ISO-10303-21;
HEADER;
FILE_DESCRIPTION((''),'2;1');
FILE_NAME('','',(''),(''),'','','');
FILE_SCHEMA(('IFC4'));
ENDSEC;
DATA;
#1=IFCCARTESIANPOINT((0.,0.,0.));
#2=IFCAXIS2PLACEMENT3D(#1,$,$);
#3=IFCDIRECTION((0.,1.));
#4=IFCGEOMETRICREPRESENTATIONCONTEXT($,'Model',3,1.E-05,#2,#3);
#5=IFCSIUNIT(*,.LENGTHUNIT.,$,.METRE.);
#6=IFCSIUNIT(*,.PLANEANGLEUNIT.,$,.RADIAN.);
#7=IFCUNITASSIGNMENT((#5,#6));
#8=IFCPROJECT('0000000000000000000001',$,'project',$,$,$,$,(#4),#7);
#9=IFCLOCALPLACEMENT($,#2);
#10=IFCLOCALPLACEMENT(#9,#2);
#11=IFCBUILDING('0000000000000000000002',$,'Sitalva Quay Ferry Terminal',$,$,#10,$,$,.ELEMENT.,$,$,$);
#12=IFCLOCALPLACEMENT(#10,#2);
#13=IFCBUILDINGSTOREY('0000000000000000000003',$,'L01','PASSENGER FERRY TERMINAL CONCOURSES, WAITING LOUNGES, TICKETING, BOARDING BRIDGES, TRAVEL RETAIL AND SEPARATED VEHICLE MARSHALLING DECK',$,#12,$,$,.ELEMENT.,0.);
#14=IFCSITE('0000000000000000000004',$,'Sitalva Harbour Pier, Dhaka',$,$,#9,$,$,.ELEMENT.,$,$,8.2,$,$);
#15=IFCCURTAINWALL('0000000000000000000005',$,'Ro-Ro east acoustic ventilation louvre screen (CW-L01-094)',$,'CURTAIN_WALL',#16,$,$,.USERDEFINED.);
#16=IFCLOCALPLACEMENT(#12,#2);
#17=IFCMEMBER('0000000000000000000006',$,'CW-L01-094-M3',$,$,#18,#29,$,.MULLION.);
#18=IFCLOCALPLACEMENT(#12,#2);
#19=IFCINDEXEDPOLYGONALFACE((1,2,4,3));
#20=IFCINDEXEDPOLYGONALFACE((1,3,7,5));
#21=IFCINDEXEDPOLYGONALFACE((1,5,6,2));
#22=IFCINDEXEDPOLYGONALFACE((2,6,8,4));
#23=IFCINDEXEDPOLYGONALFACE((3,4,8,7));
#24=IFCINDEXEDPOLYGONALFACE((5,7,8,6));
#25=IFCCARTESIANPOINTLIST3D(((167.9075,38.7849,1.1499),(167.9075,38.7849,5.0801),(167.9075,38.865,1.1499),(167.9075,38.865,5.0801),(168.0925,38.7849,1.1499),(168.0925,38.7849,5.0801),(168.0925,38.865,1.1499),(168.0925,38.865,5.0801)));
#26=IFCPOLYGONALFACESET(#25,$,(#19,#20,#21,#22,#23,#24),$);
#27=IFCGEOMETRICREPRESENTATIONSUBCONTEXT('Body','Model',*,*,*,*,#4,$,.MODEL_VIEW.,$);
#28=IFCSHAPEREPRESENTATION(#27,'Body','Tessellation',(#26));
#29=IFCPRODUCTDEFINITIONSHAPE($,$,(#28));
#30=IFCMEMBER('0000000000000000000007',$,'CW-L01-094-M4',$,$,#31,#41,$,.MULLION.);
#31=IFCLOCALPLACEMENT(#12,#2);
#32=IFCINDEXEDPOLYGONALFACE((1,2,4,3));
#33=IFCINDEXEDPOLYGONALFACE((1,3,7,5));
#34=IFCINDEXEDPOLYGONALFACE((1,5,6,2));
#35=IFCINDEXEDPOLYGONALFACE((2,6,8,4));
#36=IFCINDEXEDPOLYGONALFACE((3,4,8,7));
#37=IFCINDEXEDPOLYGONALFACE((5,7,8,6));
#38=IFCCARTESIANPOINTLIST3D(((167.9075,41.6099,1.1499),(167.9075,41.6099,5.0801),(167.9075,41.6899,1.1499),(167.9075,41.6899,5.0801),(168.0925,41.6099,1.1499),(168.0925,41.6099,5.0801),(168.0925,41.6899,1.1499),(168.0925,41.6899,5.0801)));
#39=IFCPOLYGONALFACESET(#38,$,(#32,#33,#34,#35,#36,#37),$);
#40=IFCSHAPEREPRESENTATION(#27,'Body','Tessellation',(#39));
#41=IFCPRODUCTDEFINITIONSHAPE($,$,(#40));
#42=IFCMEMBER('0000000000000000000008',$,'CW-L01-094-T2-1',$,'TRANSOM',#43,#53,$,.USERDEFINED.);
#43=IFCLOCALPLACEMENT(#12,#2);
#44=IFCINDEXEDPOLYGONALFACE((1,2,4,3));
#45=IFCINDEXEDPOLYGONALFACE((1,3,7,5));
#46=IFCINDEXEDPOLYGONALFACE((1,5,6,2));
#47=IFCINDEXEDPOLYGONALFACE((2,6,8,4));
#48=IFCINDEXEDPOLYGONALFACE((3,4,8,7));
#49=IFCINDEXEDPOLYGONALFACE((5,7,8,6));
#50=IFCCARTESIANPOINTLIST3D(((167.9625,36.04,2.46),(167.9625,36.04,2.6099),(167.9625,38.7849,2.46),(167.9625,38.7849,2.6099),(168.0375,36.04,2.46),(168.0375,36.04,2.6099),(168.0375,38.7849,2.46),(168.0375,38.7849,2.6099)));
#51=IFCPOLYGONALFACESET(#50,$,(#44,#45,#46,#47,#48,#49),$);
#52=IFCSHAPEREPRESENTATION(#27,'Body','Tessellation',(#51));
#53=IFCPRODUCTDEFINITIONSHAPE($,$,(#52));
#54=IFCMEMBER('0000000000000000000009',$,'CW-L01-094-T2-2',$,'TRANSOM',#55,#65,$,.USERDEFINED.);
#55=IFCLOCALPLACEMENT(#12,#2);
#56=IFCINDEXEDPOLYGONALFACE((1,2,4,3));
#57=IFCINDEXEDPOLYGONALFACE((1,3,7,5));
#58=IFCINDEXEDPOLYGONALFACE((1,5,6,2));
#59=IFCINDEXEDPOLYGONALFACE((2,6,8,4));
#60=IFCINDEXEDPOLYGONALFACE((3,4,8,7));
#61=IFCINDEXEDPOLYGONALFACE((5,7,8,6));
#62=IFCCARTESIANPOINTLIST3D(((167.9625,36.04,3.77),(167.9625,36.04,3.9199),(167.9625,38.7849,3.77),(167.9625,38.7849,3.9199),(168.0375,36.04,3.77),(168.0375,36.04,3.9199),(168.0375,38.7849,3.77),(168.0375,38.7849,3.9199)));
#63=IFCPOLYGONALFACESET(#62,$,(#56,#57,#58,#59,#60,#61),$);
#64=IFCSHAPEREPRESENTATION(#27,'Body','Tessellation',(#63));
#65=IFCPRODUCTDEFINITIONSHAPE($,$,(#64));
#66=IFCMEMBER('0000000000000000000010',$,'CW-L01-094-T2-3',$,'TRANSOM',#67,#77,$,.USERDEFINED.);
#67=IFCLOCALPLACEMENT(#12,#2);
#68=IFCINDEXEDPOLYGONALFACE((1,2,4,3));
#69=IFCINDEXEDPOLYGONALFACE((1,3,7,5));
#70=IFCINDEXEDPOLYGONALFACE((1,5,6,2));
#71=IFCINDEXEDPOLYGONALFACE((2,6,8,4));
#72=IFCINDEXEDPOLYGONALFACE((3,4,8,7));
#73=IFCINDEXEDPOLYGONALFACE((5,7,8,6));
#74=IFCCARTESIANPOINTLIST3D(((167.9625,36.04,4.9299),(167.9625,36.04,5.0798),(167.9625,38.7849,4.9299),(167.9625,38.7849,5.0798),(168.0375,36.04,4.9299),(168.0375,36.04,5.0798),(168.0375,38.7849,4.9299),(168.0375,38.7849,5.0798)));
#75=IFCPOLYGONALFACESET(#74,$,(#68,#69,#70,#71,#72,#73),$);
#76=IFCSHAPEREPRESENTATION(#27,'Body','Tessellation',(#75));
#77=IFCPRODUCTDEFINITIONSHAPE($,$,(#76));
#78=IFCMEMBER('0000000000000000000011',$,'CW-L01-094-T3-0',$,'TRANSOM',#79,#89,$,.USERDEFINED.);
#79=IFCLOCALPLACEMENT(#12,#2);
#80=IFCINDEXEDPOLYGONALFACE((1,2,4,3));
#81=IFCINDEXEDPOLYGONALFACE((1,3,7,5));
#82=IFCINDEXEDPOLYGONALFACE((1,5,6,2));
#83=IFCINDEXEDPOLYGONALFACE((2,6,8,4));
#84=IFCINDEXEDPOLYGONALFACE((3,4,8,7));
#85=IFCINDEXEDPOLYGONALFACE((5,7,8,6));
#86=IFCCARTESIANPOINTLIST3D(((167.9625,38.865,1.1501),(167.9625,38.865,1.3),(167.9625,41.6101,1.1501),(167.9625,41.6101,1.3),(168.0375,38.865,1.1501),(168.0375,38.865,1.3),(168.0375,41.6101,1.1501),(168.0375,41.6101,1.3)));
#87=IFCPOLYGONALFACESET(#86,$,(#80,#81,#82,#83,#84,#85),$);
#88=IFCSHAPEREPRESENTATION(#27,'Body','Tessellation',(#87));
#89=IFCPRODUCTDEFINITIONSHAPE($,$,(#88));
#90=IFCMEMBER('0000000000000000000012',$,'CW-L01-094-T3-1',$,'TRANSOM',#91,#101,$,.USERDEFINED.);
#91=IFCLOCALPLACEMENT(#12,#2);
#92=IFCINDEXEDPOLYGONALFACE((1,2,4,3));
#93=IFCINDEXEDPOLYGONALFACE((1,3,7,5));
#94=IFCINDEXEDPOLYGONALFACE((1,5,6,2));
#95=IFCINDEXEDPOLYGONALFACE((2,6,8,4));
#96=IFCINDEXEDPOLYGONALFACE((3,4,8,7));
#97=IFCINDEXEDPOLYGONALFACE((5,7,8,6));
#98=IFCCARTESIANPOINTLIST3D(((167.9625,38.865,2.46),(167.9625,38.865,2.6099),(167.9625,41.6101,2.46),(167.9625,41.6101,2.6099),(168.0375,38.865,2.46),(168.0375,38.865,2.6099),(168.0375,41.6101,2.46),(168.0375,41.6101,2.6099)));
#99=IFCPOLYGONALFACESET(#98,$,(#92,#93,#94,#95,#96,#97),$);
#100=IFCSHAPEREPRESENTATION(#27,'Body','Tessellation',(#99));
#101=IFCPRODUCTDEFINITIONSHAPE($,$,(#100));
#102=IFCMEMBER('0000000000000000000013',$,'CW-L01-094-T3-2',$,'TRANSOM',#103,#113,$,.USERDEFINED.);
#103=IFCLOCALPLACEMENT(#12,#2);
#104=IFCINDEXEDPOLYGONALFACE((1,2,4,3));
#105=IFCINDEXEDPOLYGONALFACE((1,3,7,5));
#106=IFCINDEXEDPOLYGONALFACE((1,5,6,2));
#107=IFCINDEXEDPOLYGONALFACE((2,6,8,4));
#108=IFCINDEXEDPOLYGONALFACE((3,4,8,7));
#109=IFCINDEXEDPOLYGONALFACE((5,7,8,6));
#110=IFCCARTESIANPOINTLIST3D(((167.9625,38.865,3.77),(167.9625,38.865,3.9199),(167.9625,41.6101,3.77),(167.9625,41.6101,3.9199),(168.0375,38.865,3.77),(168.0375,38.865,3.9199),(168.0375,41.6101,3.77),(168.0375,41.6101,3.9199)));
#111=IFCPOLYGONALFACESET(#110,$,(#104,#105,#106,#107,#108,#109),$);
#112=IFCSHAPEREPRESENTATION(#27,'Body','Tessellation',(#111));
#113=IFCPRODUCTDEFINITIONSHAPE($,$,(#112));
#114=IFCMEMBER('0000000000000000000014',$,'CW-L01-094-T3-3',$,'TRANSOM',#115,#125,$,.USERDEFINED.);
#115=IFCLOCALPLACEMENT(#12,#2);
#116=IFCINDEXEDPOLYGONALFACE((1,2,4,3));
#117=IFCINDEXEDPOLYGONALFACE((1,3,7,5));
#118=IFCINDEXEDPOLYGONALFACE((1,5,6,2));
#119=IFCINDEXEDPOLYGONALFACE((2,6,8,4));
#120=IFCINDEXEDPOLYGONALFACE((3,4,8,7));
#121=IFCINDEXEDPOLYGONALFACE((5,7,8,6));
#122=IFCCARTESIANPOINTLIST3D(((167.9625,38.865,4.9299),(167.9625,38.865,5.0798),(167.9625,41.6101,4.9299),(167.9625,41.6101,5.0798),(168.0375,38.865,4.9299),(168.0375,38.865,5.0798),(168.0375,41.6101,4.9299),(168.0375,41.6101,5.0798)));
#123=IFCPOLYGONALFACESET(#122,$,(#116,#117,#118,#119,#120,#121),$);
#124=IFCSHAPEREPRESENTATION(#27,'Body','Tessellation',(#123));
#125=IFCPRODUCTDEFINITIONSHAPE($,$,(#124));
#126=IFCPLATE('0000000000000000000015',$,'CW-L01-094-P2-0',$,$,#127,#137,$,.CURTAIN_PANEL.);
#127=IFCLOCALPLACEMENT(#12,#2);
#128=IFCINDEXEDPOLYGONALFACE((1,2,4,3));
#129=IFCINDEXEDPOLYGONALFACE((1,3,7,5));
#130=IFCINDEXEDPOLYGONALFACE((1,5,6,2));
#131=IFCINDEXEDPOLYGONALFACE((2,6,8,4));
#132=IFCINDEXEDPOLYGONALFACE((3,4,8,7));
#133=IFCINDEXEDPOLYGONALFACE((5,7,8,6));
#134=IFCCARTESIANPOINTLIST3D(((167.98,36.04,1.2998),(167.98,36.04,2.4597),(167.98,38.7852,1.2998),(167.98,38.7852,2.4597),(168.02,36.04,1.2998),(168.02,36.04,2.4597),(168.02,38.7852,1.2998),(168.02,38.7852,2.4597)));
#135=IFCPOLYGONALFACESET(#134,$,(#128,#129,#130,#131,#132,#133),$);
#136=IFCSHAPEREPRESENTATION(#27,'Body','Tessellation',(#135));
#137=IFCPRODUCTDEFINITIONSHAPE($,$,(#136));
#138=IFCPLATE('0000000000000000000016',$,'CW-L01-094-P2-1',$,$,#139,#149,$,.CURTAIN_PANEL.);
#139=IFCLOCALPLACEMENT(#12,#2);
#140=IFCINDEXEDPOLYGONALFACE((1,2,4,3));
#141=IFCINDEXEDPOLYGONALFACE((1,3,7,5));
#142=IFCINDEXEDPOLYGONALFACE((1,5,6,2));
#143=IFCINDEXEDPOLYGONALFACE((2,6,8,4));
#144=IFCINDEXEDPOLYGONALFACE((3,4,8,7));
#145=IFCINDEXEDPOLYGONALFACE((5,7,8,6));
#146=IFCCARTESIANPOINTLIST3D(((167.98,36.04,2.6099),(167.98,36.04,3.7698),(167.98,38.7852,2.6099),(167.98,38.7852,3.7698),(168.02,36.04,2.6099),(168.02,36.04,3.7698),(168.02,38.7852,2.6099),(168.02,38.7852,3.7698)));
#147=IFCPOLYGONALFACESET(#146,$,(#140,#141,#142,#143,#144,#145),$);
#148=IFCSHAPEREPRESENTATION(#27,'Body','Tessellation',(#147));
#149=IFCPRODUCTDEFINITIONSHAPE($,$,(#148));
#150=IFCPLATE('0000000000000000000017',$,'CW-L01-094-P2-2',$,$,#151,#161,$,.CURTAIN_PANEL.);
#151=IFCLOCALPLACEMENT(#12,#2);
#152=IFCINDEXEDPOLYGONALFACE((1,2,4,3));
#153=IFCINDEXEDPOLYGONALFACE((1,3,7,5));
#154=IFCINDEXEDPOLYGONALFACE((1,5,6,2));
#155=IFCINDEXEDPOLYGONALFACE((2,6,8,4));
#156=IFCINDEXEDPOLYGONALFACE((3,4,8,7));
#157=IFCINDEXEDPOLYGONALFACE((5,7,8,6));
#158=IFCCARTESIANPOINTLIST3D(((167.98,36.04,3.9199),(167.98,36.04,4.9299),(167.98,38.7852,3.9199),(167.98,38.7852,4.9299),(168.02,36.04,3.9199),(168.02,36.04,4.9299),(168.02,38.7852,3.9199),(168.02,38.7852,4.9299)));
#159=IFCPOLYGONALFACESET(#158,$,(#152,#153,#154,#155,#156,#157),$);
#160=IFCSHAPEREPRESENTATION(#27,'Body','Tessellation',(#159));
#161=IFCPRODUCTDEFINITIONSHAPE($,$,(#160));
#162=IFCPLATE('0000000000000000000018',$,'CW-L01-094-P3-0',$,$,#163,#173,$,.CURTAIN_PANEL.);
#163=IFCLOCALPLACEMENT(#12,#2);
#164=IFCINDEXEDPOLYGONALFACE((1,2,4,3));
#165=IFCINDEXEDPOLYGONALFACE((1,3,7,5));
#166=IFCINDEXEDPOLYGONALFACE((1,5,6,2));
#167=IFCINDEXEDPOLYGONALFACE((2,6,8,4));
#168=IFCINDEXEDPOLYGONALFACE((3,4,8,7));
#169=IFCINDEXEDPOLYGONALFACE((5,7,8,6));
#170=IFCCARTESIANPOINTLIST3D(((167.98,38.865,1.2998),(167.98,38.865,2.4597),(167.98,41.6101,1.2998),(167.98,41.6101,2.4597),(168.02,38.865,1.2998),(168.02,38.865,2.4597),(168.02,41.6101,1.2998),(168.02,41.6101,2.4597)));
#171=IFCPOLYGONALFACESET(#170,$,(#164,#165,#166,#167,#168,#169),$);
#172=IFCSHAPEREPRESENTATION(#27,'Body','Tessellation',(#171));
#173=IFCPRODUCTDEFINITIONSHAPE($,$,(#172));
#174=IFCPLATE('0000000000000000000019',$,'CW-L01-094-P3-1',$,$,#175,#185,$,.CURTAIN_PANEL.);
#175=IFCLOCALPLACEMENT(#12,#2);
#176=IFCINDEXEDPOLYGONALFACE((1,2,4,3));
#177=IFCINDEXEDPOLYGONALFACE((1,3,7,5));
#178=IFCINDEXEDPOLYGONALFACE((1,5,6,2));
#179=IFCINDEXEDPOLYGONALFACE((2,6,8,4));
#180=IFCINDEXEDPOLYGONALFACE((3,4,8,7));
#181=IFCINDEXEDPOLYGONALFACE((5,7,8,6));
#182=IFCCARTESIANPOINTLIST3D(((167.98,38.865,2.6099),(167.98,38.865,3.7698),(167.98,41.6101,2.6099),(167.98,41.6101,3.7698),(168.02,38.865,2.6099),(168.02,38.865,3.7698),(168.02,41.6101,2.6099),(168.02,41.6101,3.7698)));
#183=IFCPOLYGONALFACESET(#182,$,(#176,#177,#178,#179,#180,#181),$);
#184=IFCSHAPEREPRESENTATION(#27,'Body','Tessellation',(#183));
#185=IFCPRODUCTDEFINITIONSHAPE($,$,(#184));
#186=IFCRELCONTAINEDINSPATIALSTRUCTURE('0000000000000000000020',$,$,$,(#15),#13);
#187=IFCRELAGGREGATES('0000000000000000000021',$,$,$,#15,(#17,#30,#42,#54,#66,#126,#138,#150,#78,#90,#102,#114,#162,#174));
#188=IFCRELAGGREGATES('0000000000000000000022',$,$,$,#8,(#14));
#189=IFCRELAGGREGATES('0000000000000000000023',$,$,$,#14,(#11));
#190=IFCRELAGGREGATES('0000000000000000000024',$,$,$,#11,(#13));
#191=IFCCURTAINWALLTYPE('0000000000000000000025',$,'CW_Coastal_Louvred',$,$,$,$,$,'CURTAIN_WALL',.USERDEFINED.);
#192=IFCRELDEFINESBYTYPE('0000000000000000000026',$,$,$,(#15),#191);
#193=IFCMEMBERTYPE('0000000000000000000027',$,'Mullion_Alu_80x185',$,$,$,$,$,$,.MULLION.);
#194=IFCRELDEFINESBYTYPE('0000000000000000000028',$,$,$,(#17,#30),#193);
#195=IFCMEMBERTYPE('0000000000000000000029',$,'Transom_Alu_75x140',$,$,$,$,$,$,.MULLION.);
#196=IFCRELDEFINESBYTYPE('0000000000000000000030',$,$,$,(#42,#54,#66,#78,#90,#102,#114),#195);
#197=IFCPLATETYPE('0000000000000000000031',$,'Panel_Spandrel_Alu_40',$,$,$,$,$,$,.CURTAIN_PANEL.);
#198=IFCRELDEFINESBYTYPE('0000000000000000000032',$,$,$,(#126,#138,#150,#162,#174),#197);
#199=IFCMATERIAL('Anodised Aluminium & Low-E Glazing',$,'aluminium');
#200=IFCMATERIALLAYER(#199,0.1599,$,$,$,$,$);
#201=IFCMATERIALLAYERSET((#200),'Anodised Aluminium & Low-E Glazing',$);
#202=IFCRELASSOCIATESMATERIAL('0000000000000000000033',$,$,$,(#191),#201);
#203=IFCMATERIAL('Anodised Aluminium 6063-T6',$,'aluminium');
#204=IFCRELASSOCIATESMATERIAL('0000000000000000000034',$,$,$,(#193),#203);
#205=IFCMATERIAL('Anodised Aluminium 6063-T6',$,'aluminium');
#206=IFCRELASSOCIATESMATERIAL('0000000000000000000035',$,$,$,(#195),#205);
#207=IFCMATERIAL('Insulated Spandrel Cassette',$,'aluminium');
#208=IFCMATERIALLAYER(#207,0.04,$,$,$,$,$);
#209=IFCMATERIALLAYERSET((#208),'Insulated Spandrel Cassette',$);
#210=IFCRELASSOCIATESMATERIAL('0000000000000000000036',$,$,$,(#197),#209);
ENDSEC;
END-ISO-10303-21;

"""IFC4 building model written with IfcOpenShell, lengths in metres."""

from ifc_helpers import new_model, si_unit, direction, frame, origin, origin_2d, place, context, subcontext, project, spatial, rectangle, extrude, material, layer, layer_set, material_profile, profile_set, type_object, element, aggregate, save


model = new_model("IFC4")

# Units and contexts
model_context = context("Model", 3, precision=1e-05, world=origin(), true_north=direction((0.0, 1.0)))
body_context = subcontext(model_context, "Body", "Model", "MODEL_VIEW")
ifc_project = project(units=[si_unit("LENGTHUNIT", "METRE"), si_unit("PLANEANGLEUNIT", "RADIAN")], contexts=[model_context])

# Site, building, storey
site_placement = place(None, origin())
site = spatial("IfcSite", under=ifc_project, at=site_placement, Name="Sitalva Harbour Pier, Dhaka", CompositionType="ELEMENT", RefElevation=8.2)
building_placement = place(site_placement, origin())
building = spatial("IfcBuilding", under=site, at=building_placement, Name="Sitalva Quay Ferry Terminal", CompositionType="ELEMENT")
storey_placement = place(building_placement, origin())
storey = spatial("IfcBuildingStorey", under=building, at=storey_placement, Name="L01", Description="PASSENGER FERRY TERMINAL CONCOURSES, WAITING LOUNGES, TICKETING, BOARDING BRIDGES, TRAVEL RETAIL AND SEPARATED VEHICLE MARSHALLING DECK", CompositionType="ELEMENT", Elevation=0.0)

# Curtain wall, members, plates
ifc_material_1 = material(Name="Anodised Aluminium & Low-E Glazing", Category="aluminium")
ifc_layer_1 = layer(ifc_material_1, 0.1599)
ifc_layer_set_1 = layer_set([ifc_layer_1], Name="Anodised Aluminium & Low-E Glazing")
curtain_wall_type = type_object("IfcCurtainWallType", Name="CW_Coastal_Louvred", ElementType="CURTAIN_WALL", PredefinedType="USERDEFINED", material=ifc_layer_set_1)
curtain_wall_placement = place(storey_placement, origin())
curtain_wall = element("IfcCurtainWall", 1, at=curtain_wall_placement, inside=storey, type_object=curtain_wall_type, Name="Ro-Ro east acoustic ventilation louvre screen (CW-L01-094)", ObjectType="CURTAIN_WALL", PredefinedType="USERDEFINED")
ifc_material_2 = material(Name="Anodised Aluminium 6063-T6", Category="aluminium")
ifc_material_profile_1 = material_profile(ifc_material_2, rectangle(XDim=0.0801, YDim=0.1851, at=origin_2d()), Name="ALU80x185")
ifc_profile_set_1 = profile_set([ifc_material_profile_1], Name="Anodised Aluminium 6063-T6")
member_type_1 = type_object("IfcMemberType", Name="Mullion_Alu_80x185", PredefinedType="MULLION", material=ifc_profile_set_1)
member_1_placement = place(storey_placement, frame((168.0, 38.825, 1.1499), z_axis=(0.0, 0.0, 1.0), x_axis=(0.0, 1.0, 0.0)))
member_1 = element("IfcMember", 2, at=member_1_placement, type_object=member_type_1, Name="CW-L01-094-M3", PredefinedType="MULLION", context=body_context, shape_type="SweptSolid", body=[
    extrude(rectangle(XDim=0.0801, YDim=0.1851, at=origin_2d()), origin(), (0.0, 0.0, 1.0), 3.9302),
])
member_2_placement = place(storey_placement, frame((168.0, 41.6499, 1.1499), z_axis=(0.0, 0.0, 1.0), x_axis=(0.0, 1.0, 0.0)))
member_2 = element("IfcMember", 3, at=member_2_placement, type_object=member_type_1, Name="CW-L01-094-M4", PredefinedType="MULLION", context=body_context, shape_type="SweptSolid", body=[
    extrude(rectangle(XDim=0.0801, YDim=0.1851, at=origin_2d()), origin(), (0.0, 0.0, 1.0), 3.9302),
])
ifc_material_3 = material(Name="Anodised Aluminium 6063-T6", Category="aluminium")
ifc_material_profile_2 = material_profile(ifc_material_3, rectangle(XDim=0.075, YDim=0.1499, at=origin_2d()), Name="ALU75x150")
ifc_profile_set_2 = profile_set([ifc_material_profile_2], Name="Anodised Aluminium 6063-T6")
member_type_2 = type_object("IfcMemberType", Name="Transom_Alu_75x140", PredefinedType="MULLION", material=ifc_profile_set_2)
member_3_placement = place(storey_placement, frame((168.0, 36.04, 2.5349), z_axis=(0.0, 1.0, 0.0), x_axis=(-1.0, 0.0, 0.0)))
member_3 = element("IfcMember", 4, at=member_3_placement, type_object=member_type_2, Name="CW-L01-094-T2-1", ObjectType="TRANSOM", PredefinedType="USERDEFINED", context=body_context, shape_type="SweptSolid", body=[
    extrude(rectangle(XDim=0.075, YDim=0.1499, at=origin_2d()), origin(), (0.0, 0.0, 1.0), 2.7449),
])
member_4_placement = place(storey_placement, frame((168.0, 36.04, 3.845), z_axis=(0.0, 1.0, 0.0), x_axis=(-1.0, 0.0, 0.0)))
member_4 = element("IfcMember", 5, at=member_4_placement, type_object=member_type_2, Name="CW-L01-094-T2-2", ObjectType="TRANSOM", PredefinedType="USERDEFINED", context=body_context, shape_type="SweptSolid", body=[
    extrude(rectangle(XDim=0.075, YDim=0.1499, at=origin_2d()), origin(), (0.0, 0.0, 1.0), 2.7449),
])
member_5_placement = place(storey_placement, frame((168.0, 36.04, 5.0049), z_axis=(0.0, 1.0, 0.0), x_axis=(-1.0, 0.0, 0.0)))
member_5 = element("IfcMember", 6, at=member_5_placement, type_object=member_type_2, Name="CW-L01-094-T2-3", ObjectType="TRANSOM", PredefinedType="USERDEFINED", context=body_context, shape_type="SweptSolid", body=[
    extrude(rectangle(XDim=0.075, YDim=0.1499, at=origin_2d()), origin(), (0.0, 0.0, 1.0), 2.7449),
])
member_6_placement = place(storey_placement, frame((168.0, 38.865, 1.2251), z_axis=(0.0, 1.0, 0.0), x_axis=(-1.0, 0.0, 0.0)))
member_6 = element("IfcMember", 7, at=member_6_placement, type_object=member_type_2, Name="CW-L01-094-T3-0", ObjectType="TRANSOM", PredefinedType="USERDEFINED", context=body_context, shape_type="SweptSolid", body=[
    extrude(rectangle(XDim=0.075, YDim=0.1499, at=origin_2d()), origin(), (0.0, 0.0, 1.0), 2.7451),
])
member_7_placement = place(storey_placement, frame((168.0, 38.865, 2.5349), z_axis=(0.0, 1.0, 0.0), x_axis=(-1.0, 0.0, 0.0)))
member_7 = element("IfcMember", 8, at=member_7_placement, type_object=member_type_2, Name="CW-L01-094-T3-1", ObjectType="TRANSOM", PredefinedType="USERDEFINED", context=body_context, shape_type="SweptSolid", body=[
    extrude(rectangle(XDim=0.075, YDim=0.1499, at=origin_2d()), origin(), (0.0, 0.0, 1.0), 2.7451),
])
member_8_placement = place(storey_placement, frame((168.0, 38.865, 3.845), z_axis=(0.0, 1.0, 0.0), x_axis=(-1.0, 0.0, 0.0)))
member_8 = element("IfcMember", 9, at=member_8_placement, type_object=member_type_2, Name="CW-L01-094-T3-2", ObjectType="TRANSOM", PredefinedType="USERDEFINED", context=body_context, shape_type="SweptSolid", body=[
    extrude(rectangle(XDim=0.075, YDim=0.1499, at=origin_2d()), origin(), (0.0, 0.0, 1.0), 2.7451),
])
member_9_placement = place(storey_placement, frame((168.0, 38.865, 5.0049), z_axis=(0.0, 1.0, 0.0), x_axis=(-1.0, 0.0, 0.0)))
member_9 = element("IfcMember", 10, at=member_9_placement, type_object=member_type_2, Name="CW-L01-094-T3-3", ObjectType="TRANSOM", PredefinedType="USERDEFINED", context=body_context, shape_type="SweptSolid", body=[
    extrude(rectangle(XDim=0.075, YDim=0.1499, at=origin_2d()), origin(), (0.0, 0.0, 1.0), 2.7451),
])
ifc_material_4 = material(Name="Insulated Spandrel Cassette", Category="aluminium")
ifc_layer_2 = layer(ifc_material_4, 0.04)
ifc_layer_set_2 = layer_set([ifc_layer_2], Name="Insulated Spandrel Cassette")
plate_type = type_object("IfcPlateType", Name="Panel_Spandrel_Alu_40", PredefinedType="CURTAIN_PANEL", material=ifc_layer_set_2)
plate_1_placement = place(storey_placement, frame((168.0, 37.4126, 1.2998), z_axis=(0.0, 0.0, 1.0), x_axis=(0.0, 1.0, 0.0)))
plate_1 = element("IfcPlate", 11, at=plate_1_placement, type_object=plate_type, Name="CW-L01-094-P2-0", PredefinedType="CURTAIN_PANEL", context=body_context, shape_type="SweptSolid", body=[
    extrude(rectangle(XDim=2.7451, YDim=0.04, at=origin_2d()), origin(), (0.0, 0.0, 1.0), 1.1599),
])
plate_2_placement = place(storey_placement, frame((168.0, 37.4126, 2.6099), z_axis=(0.0, 0.0, 1.0), x_axis=(0.0, 1.0, 0.0)))
plate_2 = element("IfcPlate", 12, at=plate_2_placement, type_object=plate_type, Name="CW-L01-094-P2-1", PredefinedType="CURTAIN_PANEL", context=body_context, shape_type="SweptSolid", body=[
    extrude(rectangle(XDim=2.7451, YDim=0.04, at=origin_2d()), origin(), (0.0, 0.0, 1.0), 1.1599),
])
plate_3_placement = place(storey_placement, frame((168.0, 37.4126, 3.9199), z_axis=(0.0, 0.0, 1.0), x_axis=(0.0, 1.0, 0.0)))
plate_3 = element("IfcPlate", 13, at=plate_3_placement, type_object=plate_type, Name="CW-L01-094-P2-2", PredefinedType="CURTAIN_PANEL", context=body_context, shape_type="SweptSolid", body=[
    extrude(rectangle(XDim=2.7451, YDim=0.04, at=origin_2d()), origin(), (0.0, 0.0, 1.0), 1.01),
])
plate_4_placement = place(storey_placement, frame((168.0, 40.2375, 1.2998), z_axis=(0.0, 0.0, 1.0), x_axis=(0.0, 1.0, 0.0)))
plate_4 = element("IfcPlate", 14, at=plate_4_placement, type_object=plate_type, Name="CW-L01-094-P3-0", PredefinedType="CURTAIN_PANEL", context=body_context, shape_type="SweptSolid", body=[
    extrude(rectangle(XDim=2.7451, YDim=0.04, at=origin_2d()), origin(), (0.0, 0.0, 1.0), 1.1599),
])
plate_5_placement = place(storey_placement, frame((168.0, 40.2375, 2.6099), z_axis=(0.0, 0.0, 1.0), x_axis=(0.0, 1.0, 0.0)))
plate_5 = element("IfcPlate", 15, at=plate_5_placement, type_object=plate_type, Name="CW-L01-094-P3-1", PredefinedType="CURTAIN_PANEL", context=body_context, shape_type="SweptSolid", body=[
    extrude(rectangle(XDim=2.7451, YDim=0.04, at=origin_2d()), origin(), (0.0, 0.0, 1.0), 1.1599),
])
aggregate(curtain_wall, [member_1, member_2, member_3, member_4, member_5, plate_1, plate_2, plate_3, member_6, member_7, member_8, member_9, plate_4, plate_5])

save(model, "model.ifc")
